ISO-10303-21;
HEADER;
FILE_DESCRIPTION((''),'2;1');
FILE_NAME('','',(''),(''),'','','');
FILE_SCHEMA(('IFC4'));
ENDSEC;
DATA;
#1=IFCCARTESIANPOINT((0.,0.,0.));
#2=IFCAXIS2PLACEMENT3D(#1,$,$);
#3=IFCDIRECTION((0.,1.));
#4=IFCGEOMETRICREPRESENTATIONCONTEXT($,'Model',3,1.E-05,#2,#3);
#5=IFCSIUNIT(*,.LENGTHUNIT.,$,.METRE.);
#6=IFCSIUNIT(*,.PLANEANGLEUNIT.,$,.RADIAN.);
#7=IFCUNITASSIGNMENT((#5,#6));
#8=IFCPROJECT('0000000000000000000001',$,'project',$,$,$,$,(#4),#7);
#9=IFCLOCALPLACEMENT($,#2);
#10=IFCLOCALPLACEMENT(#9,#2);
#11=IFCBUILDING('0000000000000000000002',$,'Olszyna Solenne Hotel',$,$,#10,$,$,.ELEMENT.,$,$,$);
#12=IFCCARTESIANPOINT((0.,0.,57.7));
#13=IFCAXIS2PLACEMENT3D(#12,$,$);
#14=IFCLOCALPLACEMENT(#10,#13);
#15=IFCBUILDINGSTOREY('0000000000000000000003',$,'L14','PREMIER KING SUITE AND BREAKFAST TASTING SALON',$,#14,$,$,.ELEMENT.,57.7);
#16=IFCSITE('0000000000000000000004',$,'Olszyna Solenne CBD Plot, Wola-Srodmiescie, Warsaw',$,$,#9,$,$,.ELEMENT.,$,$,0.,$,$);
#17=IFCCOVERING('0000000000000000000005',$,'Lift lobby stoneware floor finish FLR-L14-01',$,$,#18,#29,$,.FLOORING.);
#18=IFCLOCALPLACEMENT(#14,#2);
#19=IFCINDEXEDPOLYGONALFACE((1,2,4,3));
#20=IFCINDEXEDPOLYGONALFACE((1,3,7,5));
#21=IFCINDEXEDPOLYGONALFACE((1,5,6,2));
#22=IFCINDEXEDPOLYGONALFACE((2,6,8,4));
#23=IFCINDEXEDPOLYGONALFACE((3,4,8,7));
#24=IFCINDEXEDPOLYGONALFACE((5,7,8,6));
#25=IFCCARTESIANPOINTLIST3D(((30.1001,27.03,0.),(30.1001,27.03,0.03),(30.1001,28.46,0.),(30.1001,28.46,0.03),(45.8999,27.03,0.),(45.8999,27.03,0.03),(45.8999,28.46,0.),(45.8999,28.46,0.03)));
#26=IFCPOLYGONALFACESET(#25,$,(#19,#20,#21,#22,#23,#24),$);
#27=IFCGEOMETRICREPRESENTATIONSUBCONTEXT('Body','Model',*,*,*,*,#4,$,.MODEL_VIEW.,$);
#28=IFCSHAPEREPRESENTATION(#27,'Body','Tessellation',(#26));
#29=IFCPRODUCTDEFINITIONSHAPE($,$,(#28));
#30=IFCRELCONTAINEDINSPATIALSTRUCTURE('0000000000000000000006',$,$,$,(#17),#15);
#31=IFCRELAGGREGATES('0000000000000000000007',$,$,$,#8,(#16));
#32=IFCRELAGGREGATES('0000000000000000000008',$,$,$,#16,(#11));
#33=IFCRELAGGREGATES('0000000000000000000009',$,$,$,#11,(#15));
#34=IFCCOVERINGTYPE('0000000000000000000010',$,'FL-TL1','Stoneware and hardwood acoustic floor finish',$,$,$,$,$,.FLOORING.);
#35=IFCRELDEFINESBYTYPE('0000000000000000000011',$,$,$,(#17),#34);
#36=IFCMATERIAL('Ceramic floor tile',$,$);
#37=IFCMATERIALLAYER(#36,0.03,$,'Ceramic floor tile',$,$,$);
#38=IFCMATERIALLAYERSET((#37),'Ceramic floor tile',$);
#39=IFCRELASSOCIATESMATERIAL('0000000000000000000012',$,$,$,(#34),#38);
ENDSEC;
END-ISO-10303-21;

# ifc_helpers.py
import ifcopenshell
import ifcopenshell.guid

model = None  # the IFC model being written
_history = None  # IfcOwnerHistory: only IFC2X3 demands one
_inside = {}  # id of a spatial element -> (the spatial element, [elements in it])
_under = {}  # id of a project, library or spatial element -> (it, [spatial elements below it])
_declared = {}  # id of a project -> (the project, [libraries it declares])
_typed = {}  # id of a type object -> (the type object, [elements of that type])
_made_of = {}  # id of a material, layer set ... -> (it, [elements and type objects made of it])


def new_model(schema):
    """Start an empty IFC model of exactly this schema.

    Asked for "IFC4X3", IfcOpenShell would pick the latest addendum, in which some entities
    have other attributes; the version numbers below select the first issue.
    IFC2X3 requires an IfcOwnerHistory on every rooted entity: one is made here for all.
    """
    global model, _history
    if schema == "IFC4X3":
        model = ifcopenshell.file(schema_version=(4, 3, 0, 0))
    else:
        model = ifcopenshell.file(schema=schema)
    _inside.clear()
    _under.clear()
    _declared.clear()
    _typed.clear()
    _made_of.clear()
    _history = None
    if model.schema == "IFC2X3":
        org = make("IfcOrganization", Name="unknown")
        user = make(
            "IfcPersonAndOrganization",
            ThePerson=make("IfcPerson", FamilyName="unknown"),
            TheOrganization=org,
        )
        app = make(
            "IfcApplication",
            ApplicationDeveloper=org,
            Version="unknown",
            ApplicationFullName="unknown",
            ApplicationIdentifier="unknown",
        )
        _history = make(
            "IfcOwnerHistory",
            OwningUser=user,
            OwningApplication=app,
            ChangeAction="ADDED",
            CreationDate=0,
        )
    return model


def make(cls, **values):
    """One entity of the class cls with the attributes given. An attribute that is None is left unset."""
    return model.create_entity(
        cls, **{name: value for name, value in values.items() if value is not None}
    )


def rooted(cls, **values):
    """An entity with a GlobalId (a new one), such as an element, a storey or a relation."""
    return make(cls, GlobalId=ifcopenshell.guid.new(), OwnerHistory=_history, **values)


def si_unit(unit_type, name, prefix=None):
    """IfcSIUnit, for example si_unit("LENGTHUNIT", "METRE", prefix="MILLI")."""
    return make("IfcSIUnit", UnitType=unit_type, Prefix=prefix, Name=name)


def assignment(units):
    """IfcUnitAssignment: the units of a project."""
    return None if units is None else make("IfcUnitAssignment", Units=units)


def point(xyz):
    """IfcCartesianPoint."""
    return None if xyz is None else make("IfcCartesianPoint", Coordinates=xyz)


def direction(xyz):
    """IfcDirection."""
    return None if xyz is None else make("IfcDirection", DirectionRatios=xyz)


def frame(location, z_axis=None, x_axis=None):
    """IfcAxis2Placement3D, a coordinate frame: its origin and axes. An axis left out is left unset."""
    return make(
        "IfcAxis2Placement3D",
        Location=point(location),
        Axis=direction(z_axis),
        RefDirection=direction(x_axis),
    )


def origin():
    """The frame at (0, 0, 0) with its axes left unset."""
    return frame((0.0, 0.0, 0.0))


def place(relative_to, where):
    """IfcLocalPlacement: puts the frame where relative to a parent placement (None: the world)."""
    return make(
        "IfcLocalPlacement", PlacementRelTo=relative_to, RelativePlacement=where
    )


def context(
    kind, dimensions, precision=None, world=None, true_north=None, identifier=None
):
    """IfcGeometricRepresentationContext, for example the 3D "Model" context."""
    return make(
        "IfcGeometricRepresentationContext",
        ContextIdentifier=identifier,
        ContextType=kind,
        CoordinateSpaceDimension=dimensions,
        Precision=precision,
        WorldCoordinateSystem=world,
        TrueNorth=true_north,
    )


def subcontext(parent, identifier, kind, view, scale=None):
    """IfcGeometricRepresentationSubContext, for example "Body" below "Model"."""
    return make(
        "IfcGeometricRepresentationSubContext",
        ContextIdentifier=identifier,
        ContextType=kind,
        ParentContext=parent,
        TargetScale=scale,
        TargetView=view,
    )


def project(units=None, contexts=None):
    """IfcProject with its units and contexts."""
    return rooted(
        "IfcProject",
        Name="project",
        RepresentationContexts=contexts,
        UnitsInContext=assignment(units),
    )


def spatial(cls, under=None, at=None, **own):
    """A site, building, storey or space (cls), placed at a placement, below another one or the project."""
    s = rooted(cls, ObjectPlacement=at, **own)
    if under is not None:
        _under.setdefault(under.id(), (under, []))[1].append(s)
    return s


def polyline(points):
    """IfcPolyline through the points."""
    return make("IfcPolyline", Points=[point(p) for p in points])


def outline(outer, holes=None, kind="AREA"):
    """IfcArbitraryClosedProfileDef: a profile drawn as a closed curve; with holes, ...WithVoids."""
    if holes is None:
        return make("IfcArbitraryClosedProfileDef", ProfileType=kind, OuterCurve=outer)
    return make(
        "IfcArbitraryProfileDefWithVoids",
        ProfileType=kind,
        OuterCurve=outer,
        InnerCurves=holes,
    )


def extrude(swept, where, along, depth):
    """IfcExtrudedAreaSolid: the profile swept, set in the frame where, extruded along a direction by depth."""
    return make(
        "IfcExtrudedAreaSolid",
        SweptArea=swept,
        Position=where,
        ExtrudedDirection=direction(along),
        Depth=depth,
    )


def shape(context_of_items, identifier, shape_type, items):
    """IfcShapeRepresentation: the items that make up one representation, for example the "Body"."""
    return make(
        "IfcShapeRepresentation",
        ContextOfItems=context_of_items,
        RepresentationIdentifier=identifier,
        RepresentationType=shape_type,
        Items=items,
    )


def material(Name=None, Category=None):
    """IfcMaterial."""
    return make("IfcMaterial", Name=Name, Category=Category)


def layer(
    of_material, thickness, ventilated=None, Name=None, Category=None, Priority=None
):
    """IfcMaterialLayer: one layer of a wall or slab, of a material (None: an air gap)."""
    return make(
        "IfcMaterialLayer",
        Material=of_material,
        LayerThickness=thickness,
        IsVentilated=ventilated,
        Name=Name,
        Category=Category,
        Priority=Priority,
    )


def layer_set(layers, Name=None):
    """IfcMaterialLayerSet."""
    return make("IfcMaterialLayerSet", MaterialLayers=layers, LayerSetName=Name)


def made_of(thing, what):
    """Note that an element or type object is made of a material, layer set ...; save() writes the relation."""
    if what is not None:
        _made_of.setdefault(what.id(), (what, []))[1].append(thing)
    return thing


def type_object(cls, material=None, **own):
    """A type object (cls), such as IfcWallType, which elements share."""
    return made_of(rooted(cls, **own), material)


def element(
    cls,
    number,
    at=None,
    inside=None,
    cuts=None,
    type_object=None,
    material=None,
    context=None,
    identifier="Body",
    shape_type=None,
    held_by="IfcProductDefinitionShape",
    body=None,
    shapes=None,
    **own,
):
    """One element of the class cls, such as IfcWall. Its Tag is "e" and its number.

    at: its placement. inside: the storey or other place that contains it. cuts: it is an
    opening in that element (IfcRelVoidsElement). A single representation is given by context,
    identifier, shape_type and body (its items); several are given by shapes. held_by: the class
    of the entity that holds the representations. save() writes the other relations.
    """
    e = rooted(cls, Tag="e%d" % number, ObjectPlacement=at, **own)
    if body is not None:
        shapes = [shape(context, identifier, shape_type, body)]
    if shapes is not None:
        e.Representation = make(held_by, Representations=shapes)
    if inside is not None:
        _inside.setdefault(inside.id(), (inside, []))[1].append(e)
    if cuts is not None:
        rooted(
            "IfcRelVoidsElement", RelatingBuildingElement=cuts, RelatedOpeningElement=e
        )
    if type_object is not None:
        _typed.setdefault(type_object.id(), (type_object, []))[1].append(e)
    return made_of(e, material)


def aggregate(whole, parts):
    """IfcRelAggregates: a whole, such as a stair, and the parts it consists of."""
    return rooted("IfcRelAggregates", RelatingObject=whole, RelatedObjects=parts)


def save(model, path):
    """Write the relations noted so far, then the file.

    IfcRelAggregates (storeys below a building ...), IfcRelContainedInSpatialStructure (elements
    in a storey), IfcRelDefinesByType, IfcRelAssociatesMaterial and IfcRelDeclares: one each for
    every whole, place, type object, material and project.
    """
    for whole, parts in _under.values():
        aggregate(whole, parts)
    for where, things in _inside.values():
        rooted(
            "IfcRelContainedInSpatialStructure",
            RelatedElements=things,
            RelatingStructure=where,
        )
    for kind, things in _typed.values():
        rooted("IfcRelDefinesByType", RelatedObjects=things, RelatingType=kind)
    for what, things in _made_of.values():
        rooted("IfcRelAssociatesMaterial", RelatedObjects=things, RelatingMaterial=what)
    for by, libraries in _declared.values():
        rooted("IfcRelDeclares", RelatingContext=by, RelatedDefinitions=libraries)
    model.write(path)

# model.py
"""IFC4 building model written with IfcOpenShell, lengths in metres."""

from ifc_helpers import new_model, si_unit, direction, frame, origin, place, context, subcontext, project, spatial, polyline, outline, extrude, material, layer, layer_set, type_object, element, save


model = new_model("IFC4")

# Units and contexts
model_context = context("Model", 3, precision=1e-05, world=origin(), true_north=direction((0.0, 1.0)))
body_context = subcontext(model_context, "Body", "Model", "MODEL_VIEW")
ifc_project = project(units=[si_unit("LENGTHUNIT", "METRE"), si_unit("PLANEANGLEUNIT", "RADIAN")], contexts=[model_context])

# Site, building, storey
site_placement = place(None, origin())
site = spatial("IfcSite", under=ifc_project, at=site_placement, Name="Olszyna Solenne CBD Plot, Wola-Srodmiescie, Warsaw", CompositionType="ELEMENT", RefElevation=0.0)
building_placement = place(site_placement, origin())
building = spatial("IfcBuilding", under=site, at=building_placement, Name="Olszyna Solenne Hotel", CompositionType="ELEMENT")
storey_placement = place(building_placement, frame((0.0, 0.0, 57.7)))
storey = spatial("IfcBuildingStorey", under=building, at=storey_placement, Name="L14", Description="PREMIER KING SUITE AND BREAKFAST TASTING SALON", CompositionType="ELEMENT", Elevation=57.7)

# Covering
ifc_material_1 = material(Name="Ceramic floor tile")
ifc_layer_1 = layer(ifc_material_1, 0.03, Name="Ceramic floor tile")
ifc_layer_set_1 = layer_set([ifc_layer_1], Name="Ceramic floor tile")
covering_type_1 = type_object("IfcCoveringType", Name="FL-TL1", Description="Stoneware and hardwood acoustic floor finish", PredefinedType="FLOORING", material=ifc_layer_set_1)
covering_1_placement = place(storey_placement, origin())
element("IfcCovering", 1, at=covering_1_placement, inside=storey, type_object=covering_type_1, Name="Lift lobby stoneware floor finish FLR-L14-01", PredefinedType="FLOORING", context=body_context, shape_type="SweptSolid", body=[
    extrude(outline(polyline([(30.1001, 27.03), (45.8999, 27.03), (45.8999, 28.46), (30.1001, 28.46), (30.1001, 27.03)])), origin(), (0.0, 0.0, 1.0), 0.03),
])

save(model, "model.ifc")
